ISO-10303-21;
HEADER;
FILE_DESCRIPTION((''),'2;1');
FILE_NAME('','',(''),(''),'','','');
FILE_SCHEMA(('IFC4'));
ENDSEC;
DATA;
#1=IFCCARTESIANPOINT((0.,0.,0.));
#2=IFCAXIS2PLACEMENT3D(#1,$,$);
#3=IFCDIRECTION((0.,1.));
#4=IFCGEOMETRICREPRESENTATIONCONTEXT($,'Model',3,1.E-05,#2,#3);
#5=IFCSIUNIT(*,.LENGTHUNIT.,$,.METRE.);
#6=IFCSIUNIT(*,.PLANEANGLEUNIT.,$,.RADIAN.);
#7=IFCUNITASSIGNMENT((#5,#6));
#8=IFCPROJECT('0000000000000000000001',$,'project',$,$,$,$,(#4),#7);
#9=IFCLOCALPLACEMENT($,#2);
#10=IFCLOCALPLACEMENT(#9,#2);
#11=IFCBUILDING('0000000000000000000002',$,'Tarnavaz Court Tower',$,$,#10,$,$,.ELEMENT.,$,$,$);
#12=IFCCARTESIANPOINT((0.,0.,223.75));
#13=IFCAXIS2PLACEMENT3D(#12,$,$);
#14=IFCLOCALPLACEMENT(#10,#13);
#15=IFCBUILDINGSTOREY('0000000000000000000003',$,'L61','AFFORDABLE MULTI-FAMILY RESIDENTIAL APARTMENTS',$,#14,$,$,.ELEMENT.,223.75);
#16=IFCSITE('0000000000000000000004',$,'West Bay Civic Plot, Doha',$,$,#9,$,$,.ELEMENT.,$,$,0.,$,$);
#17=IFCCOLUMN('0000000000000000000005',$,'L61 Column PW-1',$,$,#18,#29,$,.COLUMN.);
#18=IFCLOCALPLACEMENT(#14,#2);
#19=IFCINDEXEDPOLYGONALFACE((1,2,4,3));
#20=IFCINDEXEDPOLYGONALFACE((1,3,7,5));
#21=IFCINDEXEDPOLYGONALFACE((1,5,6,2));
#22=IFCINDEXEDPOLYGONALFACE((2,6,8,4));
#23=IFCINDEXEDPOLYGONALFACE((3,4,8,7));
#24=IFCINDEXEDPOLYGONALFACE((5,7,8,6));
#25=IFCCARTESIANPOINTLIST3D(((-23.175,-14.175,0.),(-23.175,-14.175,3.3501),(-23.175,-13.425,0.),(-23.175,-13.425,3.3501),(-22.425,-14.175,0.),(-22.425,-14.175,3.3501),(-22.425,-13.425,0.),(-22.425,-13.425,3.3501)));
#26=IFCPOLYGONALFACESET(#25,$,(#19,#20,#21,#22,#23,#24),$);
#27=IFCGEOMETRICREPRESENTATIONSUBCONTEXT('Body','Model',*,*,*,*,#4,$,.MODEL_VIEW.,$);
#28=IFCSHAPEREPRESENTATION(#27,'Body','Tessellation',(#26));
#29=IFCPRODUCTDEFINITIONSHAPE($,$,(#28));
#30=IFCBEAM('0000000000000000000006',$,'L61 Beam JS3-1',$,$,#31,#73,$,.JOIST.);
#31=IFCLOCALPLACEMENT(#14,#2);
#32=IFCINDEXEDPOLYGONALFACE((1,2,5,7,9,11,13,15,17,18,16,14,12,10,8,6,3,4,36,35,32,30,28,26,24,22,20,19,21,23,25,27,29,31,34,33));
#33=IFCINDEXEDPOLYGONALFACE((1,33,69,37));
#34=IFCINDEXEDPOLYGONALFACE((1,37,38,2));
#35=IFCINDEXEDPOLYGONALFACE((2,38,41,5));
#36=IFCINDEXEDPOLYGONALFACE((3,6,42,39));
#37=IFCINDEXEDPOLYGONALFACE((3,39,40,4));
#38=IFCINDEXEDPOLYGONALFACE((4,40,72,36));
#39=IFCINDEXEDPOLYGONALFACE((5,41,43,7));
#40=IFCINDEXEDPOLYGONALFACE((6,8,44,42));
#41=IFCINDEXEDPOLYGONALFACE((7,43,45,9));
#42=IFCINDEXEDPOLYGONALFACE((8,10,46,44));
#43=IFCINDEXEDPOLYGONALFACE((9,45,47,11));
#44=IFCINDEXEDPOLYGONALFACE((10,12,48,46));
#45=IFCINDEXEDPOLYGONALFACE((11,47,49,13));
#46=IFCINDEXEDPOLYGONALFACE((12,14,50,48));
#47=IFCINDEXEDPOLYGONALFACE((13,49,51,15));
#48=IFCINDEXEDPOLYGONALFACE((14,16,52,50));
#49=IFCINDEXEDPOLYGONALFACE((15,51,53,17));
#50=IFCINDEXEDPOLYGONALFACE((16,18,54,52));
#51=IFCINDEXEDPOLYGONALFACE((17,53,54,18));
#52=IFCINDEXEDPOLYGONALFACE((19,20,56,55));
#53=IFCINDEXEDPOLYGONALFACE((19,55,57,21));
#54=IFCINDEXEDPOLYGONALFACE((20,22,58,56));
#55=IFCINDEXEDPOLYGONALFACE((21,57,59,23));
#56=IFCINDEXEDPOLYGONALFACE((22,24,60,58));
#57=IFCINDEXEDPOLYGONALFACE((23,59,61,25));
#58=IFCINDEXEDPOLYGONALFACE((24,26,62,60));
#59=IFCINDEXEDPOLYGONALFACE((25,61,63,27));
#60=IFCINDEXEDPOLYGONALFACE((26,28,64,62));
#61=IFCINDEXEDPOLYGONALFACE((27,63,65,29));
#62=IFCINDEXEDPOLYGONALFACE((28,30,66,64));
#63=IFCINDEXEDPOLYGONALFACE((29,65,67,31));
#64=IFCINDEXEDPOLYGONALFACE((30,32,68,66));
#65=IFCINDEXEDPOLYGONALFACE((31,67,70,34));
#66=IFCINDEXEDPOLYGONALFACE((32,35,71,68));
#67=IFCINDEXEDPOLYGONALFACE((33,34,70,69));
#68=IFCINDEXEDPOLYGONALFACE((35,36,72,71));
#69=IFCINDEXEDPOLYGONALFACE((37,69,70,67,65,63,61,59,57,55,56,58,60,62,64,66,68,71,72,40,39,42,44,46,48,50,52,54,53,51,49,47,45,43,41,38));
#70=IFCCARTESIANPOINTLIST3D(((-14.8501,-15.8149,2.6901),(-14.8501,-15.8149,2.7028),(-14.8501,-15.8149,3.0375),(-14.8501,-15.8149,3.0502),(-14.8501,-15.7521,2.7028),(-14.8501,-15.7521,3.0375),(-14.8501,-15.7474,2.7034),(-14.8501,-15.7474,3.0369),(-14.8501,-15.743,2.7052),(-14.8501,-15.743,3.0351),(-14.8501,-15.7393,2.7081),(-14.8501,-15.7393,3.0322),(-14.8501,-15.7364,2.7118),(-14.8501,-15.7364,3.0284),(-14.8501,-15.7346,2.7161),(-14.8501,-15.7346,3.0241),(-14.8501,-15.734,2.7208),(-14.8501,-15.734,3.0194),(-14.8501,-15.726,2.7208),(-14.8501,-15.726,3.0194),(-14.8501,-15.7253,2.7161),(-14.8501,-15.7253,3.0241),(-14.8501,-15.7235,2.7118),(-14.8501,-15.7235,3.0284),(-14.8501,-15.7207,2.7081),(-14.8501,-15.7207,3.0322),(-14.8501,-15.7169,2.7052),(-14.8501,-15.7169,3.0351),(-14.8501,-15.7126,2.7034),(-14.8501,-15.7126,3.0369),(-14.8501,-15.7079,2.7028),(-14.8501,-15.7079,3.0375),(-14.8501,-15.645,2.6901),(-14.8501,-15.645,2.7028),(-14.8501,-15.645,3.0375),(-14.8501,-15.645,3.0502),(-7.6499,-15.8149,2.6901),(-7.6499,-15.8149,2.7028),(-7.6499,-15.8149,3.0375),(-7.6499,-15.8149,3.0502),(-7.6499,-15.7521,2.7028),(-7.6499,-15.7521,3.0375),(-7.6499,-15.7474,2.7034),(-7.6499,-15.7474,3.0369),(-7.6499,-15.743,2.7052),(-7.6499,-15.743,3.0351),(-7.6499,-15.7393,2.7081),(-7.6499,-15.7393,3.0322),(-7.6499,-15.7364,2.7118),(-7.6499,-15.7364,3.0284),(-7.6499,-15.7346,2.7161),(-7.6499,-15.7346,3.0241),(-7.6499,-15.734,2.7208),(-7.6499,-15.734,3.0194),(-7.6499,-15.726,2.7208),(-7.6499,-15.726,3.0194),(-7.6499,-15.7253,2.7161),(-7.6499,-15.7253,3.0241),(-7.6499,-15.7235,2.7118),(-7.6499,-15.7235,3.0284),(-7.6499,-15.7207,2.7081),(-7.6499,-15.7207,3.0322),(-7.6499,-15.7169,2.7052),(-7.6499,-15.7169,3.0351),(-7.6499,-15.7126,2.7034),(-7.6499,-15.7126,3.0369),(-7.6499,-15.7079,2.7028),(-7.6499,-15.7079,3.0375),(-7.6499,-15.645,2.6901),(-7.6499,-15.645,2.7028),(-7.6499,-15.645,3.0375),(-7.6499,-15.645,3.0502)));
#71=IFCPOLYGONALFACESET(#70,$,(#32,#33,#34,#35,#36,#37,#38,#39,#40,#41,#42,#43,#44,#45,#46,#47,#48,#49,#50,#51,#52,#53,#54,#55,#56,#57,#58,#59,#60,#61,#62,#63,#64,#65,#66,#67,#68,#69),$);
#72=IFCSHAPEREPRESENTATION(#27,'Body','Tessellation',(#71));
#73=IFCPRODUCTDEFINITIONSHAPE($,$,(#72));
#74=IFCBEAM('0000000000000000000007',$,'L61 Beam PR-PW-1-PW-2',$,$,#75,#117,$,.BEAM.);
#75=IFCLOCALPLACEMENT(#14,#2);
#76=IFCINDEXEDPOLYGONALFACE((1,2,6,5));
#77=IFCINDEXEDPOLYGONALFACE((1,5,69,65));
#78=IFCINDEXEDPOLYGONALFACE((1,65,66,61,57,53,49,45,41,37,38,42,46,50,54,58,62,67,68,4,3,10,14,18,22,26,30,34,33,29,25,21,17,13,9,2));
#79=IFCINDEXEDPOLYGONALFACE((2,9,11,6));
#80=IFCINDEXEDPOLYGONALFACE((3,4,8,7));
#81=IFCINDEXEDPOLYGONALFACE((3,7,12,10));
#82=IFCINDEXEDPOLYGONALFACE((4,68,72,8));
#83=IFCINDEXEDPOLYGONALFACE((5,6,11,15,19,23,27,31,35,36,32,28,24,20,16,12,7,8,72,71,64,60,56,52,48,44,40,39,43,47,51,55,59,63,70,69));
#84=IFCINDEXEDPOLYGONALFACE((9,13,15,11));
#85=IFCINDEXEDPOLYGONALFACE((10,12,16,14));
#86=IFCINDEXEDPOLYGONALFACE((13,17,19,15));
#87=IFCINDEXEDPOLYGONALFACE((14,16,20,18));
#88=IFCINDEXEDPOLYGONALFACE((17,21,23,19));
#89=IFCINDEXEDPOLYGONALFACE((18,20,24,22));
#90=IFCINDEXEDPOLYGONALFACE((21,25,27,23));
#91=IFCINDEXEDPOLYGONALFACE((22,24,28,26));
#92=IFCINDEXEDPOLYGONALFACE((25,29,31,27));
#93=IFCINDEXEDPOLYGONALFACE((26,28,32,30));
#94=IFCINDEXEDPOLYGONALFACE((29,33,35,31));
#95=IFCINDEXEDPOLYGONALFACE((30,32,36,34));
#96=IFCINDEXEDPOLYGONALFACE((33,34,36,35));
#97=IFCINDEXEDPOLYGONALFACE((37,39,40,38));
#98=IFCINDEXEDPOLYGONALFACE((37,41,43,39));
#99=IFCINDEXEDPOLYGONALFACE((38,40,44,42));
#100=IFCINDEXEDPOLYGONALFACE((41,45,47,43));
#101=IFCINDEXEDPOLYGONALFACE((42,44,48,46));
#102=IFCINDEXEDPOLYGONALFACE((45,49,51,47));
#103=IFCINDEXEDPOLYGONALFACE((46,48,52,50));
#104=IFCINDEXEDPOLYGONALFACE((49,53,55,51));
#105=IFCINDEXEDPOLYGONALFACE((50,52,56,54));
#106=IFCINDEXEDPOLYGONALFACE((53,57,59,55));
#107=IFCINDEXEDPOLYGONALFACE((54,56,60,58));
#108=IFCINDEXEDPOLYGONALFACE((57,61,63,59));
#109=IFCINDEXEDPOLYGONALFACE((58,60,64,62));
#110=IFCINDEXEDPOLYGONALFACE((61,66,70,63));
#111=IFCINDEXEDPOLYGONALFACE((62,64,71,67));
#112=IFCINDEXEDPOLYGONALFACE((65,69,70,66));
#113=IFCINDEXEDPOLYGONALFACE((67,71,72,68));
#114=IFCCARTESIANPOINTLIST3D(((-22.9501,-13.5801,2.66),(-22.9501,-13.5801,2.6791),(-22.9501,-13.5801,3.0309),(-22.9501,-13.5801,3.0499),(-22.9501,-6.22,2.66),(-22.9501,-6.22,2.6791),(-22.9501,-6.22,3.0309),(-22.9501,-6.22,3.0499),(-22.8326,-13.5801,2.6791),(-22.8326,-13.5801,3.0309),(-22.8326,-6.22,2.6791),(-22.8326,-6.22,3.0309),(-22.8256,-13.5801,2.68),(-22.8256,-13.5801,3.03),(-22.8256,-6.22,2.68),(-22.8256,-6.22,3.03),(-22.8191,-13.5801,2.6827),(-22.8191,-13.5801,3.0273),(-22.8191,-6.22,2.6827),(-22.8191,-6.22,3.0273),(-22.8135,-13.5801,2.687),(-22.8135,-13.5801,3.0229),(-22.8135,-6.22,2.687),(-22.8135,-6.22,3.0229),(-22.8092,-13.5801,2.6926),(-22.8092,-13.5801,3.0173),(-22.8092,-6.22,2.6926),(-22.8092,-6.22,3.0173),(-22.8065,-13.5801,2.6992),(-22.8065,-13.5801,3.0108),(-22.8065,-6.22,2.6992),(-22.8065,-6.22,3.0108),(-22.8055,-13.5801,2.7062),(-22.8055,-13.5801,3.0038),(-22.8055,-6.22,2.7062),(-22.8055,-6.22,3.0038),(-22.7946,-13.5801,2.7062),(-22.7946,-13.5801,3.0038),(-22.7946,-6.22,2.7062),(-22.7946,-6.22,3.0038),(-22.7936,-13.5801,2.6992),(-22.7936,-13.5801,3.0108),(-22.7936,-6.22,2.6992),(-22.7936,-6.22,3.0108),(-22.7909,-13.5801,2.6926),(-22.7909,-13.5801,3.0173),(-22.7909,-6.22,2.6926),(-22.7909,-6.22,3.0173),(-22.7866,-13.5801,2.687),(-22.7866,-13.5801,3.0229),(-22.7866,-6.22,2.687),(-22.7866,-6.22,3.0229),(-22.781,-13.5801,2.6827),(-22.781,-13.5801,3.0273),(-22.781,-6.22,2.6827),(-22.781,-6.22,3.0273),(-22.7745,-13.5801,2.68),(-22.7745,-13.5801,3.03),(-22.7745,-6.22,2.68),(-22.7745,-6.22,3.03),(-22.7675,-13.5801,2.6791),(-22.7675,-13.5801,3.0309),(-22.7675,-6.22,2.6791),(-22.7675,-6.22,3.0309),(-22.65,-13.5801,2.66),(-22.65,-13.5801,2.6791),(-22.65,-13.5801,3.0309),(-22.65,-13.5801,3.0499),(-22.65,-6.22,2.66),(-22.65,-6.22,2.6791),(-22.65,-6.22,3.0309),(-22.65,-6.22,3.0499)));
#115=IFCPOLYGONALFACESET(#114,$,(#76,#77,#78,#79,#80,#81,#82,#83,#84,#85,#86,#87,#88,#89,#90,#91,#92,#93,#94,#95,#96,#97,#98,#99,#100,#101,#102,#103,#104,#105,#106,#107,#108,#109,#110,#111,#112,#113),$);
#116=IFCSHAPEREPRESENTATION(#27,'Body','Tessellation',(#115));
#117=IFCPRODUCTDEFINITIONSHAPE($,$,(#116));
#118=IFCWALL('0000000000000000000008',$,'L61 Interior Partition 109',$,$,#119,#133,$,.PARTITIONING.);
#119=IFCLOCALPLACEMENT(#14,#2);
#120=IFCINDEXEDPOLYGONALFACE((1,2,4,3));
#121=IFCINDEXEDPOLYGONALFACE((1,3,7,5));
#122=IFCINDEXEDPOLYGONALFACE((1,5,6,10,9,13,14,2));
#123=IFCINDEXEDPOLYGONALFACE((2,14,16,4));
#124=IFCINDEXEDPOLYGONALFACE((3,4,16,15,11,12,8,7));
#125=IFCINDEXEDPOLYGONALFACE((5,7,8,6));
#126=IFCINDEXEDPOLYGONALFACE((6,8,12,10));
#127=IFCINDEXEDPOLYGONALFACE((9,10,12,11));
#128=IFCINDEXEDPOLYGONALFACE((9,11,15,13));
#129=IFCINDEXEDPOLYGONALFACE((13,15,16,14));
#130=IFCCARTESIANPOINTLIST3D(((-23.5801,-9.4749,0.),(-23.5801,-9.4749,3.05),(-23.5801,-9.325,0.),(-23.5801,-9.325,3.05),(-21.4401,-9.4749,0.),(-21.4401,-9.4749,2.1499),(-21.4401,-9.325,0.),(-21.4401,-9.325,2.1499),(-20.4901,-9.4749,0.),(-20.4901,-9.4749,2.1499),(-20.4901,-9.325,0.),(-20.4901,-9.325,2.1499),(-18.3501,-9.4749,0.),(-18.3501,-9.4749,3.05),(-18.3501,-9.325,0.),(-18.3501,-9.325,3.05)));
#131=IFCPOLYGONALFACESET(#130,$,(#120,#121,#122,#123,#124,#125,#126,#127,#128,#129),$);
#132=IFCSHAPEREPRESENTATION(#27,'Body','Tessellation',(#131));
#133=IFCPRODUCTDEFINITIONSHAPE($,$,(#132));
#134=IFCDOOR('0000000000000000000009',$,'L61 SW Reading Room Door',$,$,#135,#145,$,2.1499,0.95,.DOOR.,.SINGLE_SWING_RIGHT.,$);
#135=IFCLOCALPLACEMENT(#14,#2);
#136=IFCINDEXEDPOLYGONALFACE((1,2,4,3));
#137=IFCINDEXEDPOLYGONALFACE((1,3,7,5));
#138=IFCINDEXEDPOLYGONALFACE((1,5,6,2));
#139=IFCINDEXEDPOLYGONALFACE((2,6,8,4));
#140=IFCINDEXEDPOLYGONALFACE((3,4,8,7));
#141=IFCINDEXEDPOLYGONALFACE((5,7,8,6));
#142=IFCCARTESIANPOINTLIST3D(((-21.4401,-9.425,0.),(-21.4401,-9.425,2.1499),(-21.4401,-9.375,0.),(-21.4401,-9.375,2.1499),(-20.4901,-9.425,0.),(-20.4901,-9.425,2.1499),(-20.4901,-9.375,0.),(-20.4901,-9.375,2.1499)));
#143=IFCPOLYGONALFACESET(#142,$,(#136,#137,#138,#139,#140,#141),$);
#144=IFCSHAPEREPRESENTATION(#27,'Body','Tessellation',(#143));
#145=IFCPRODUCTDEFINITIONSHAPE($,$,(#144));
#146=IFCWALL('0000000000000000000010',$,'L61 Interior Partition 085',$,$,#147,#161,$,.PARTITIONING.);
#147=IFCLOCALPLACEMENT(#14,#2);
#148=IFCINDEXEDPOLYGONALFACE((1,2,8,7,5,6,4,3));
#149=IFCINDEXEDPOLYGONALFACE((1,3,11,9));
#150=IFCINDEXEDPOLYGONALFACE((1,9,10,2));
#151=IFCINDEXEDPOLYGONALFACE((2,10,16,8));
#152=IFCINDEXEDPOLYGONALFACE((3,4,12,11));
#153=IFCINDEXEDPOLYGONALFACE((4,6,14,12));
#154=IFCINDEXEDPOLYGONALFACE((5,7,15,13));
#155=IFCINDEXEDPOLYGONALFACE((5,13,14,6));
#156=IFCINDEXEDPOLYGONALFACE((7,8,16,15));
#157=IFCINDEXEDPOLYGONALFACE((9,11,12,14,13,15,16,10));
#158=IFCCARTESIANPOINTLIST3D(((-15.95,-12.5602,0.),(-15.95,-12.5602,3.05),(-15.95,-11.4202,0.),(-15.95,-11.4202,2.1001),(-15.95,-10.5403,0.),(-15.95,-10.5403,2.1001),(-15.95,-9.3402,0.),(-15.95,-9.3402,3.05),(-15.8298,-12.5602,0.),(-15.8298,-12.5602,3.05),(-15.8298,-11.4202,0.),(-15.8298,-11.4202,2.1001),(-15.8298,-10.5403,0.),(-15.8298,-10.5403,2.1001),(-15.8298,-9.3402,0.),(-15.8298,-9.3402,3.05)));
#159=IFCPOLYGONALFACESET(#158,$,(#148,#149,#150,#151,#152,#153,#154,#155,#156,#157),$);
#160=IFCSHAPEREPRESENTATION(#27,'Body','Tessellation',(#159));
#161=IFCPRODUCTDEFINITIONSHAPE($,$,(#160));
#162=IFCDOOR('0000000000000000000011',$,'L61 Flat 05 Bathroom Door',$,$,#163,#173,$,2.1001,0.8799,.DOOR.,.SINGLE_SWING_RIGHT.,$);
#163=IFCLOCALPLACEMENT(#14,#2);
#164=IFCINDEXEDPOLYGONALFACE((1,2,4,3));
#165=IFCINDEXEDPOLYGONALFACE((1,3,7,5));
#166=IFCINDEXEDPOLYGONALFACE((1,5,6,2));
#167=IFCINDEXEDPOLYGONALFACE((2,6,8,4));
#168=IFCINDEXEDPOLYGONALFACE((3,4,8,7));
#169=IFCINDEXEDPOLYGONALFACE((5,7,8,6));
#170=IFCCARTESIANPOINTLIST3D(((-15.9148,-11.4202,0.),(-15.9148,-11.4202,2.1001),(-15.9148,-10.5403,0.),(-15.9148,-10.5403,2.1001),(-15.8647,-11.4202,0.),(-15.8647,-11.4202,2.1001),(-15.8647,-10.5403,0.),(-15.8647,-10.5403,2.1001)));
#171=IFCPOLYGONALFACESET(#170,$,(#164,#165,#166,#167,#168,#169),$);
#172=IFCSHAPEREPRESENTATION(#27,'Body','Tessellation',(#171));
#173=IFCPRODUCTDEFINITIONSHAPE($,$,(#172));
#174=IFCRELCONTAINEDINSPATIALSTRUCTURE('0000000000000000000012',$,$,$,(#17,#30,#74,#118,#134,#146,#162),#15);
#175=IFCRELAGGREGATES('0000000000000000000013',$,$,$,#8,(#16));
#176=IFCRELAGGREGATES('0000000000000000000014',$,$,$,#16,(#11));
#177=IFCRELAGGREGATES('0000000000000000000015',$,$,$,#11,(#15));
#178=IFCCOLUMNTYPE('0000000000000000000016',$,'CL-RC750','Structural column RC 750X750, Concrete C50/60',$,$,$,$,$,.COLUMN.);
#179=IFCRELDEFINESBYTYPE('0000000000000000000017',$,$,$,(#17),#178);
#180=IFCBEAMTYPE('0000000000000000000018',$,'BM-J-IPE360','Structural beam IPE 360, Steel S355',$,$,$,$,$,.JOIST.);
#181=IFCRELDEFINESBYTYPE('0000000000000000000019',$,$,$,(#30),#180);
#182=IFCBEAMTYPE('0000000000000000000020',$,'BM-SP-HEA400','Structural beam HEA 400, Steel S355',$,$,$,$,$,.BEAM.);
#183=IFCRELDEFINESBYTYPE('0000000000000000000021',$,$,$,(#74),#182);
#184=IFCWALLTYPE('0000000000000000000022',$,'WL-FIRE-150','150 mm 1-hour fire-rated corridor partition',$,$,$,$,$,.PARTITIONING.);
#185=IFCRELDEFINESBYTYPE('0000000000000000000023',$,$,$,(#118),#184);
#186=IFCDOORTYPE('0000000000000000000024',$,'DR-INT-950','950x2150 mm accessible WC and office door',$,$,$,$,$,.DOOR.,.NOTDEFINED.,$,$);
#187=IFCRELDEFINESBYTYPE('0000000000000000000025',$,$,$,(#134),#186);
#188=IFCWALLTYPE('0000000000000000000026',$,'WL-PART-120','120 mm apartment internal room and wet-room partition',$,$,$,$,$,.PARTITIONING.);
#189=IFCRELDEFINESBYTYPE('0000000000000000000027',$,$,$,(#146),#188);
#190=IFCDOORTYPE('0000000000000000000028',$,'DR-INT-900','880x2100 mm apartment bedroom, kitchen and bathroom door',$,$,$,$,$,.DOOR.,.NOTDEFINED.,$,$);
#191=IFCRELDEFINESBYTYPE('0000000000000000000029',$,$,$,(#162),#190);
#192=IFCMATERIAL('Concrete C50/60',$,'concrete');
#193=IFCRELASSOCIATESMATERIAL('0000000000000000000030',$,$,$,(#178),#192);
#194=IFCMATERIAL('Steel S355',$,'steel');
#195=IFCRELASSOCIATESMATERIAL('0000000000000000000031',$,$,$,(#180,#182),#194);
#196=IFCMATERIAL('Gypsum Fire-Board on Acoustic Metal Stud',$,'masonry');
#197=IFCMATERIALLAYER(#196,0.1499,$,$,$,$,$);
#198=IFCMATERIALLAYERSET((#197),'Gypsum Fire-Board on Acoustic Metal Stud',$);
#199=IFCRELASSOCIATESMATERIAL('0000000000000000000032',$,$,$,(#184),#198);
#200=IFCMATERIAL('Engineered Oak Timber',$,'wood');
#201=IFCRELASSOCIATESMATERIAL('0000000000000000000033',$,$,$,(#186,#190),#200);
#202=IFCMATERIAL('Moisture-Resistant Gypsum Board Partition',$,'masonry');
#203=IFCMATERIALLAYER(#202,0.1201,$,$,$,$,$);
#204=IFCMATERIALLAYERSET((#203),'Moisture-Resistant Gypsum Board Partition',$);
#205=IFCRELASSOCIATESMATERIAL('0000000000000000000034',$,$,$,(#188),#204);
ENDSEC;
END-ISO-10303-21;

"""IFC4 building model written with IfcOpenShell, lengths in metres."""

from ifc_helpers import new_model, si_unit, direction, frame, frame_2d, origin, origin_2d, place, context, subcontext, project, spatial, rectangle, i_section, extrude, material, layer, layer_set, material_profile, profile_set, type_object, element, fill, save


model = new_model("IFC4")

# Units and contexts
model_context = context("Model", 3, precision=1e-05, world=origin(), true_north=direction((0.0, 1.0)))
body_context = subcontext(model_context, "Body", "Model", "MODEL_VIEW")
ifc_project = project(units=[si_unit("LENGTHUNIT", "METRE"), si_unit("PLANEANGLEUNIT", "RADIAN")], contexts=[model_context])

# Site, building, storey
site_placement = place(None, origin())
site = spatial("IfcSite", under=ifc_project, at=site_placement, Name="West Bay Civic Plot, Doha", CompositionType="ELEMENT", RefElevation=0.0)
building_placement = place(site_placement, origin())
building = spatial("IfcBuilding", under=site, at=building_placement, Name="Tarnavaz Court Tower", CompositionType="ELEMENT")
storey_placement = place(building_placement, frame((0.0, 0.0, 223.75)))
storey = spatial("IfcBuildingStorey", under=building, at=storey_placement, Name="L61", Description="AFFORDABLE MULTI-FAMILY RESIDENTIAL APARTMENTS", CompositionType="ELEMENT", Elevation=223.75)

# Column
ifc_material_1 = material(Name="Concrete C50/60", Category="concrete")
ifc_material_profile_1 = material_profile(ifc_material_1, rectangle(XDim=0.75, YDim=0.75, at=origin_2d()), Name="RC 750X750")
ifc_profile_set_1 = profile_set([ifc_material_profile_1], Name="Concrete C50/60")
column_type = type_object("IfcColumnType", Name="CL-RC750", Description="Structural column RC 750X750, Concrete C50/60", PredefinedType="COLUMN", material=ifc_profile_set_1)
column_placement = place(storey_placement, frame((-22.8, -13.8, 0.0), z_axis=(0.0, 0.0, 1.0), x_axis=(1.0, 0.0, 0.0)))
element("IfcColumn", 1, at=column_placement, inside=storey, type_object=column_type, Name="L61 Column PW-1", PredefinedType="COLUMN", context=body_context, shape_type="SweptSolid", body=[
    extrude(rectangle(XDim=0.75, YDim=0.75, at=origin_2d()), origin(), (0.0, 0.0, 1.0), 3.3501),
])

# Beams
ifc_material_2 = material(Name="Steel S355", Category="steel")
ifc_material_profile_2 = material_profile(ifc_material_2, i_section(OverallWidth=0.1699, OverallDepth=0.3601, WebThickness=0.0081, FlangeThickness=0.0127, FilletRadius=0.0181, at=origin_2d()), Name="IPE 360")
ifc_profile_set_2 = profile_set([ifc_material_profile_2], Name="Steel S355")
beam_type_1 = type_object("IfcBeamType", Name="BM-J-IPE360", Description="Structural beam IPE 360, Steel S355", PredefinedType="JOIST", material=ifc_profile_set_2)
beam_1_placement = place(storey_placement, frame((-14.8501, -15.73, 2.8701), z_axis=(1.0, 0.0, 0.0), x_axis=(0.0, 1.0, 0.0)))
element("IfcBeam", 2, at=beam_1_placement, inside=storey, type_object=beam_type_1, Name="L61 Beam JS3-1", PredefinedType="JOIST", context=body_context, shape_type="SweptSolid", body=[
    extrude(i_section(OverallWidth=0.1699, OverallDepth=0.3601, WebThickness=0.0081, FlangeThickness=0.0127, FilletRadius=0.0181, at=origin_2d()), origin(), (0.0, 0.0, 1.0), 7.2002),
])
ifc_material_profile_3 = material_profile(ifc_material_2, i_section(OverallWidth=0.3, OverallDepth=0.3899, WebThickness=0.011, FlangeThickness=0.019, FilletRadius=0.0271, at=origin_2d()), Name="HEA 400")
ifc_profile_set_3 = profile_set([ifc_material_profile_3], Name="Steel S355")
beam_type_2 = type_object("IfcBeamType", Name="BM-SP-HEA400", Description="Structural beam HEA 400, Steel S355", PredefinedType="BEAM", material=ifc_profile_set_3)
beam_2_placement = place(storey_placement, frame((-22.8, -13.5801, 2.855), z_axis=(0.0, 1.0, 0.0), x_axis=(-1.0, 0.0, 0.0)))
element("IfcBeam", 3, at=beam_2_placement, inside=storey, type_object=beam_type_2, Name="L61 Beam PR-PW-1-PW-2", PredefinedType="BEAM", context=body_context, shape_type="SweptSolid", body=[
    extrude(i_section(OverallWidth=0.3, OverallDepth=0.3899, WebThickness=0.011, FlangeThickness=0.019, FilletRadius=0.0271, at=origin_2d()), origin(), (0.0, 0.0, 1.0), 7.3601),
])

# Shared definitions
ifc_material_3 = material(Name="Gypsum Fire-Board on Acoustic Metal Stud", Category="masonry")
ifc_layer_1 = layer(ifc_material_3, 0.1499)
ifc_layer_set_1 = layer_set([ifc_layer_1], Name="Gypsum Fire-Board on Acoustic Metal Stud")
wall_type_1 = type_object("IfcWallType", Name="WL-FIRE-150", Description="150 mm 1-hour fire-rated corridor partition", PredefinedType="PARTITIONING", material=ifc_layer_set_1)

# Walls, openings, doors
wall_1_placement = place(storey_placement, frame((-23.5801, -9.3999, 0.0), z_axis=(0.0, 0.0, 1.0), x_axis=(1.0, 0.0, 0.0)))
wall_1 = element("IfcWall", 4, at=wall_1_placement, inside=storey, type_object=wall_type_1, Name="L61 Interior Partition 109", PredefinedType="PARTITIONING", context=body_context, shape_type="SweptSolid", body=[
    extrude(rectangle(XDim=5.23, YDim=0.1499, at=frame_2d((2.615, 0.0))), origin(), (0.0, 0.0, 1.0), 3.05),
])
opening_1_placement = place(wall_1_placement, frame((2.1399, 0.0, 0.0)))
opening_1 = element("IfcOpeningElement", 5, at=opening_1_placement, cuts=wall_1, PredefinedType="OPENING", context=body_context, shape_type="SweptSolid", body=[
    extrude(rectangle(XDim=0.95, YDim=2.1499, at=frame_2d((0.4751, 1.075))), frame((0.0, 0.085, 0.0), z_axis=(0.0, -1.0, 0.0), x_axis=(1.0, 0.0, 0.0)), (0.0, 0.0, 1.0), 0.1699),
])
ifc_material_4 = material(Name="Engineered Oak Timber", Category="wood")
door_type_1 = type_object("IfcDoorType", Name="DR-INT-950", Description="950x2150 mm accessible WC and office door", OperationType="NOTDEFINED", PredefinedType="DOOR", material=ifc_material_4)
door_1_placement = place(opening_1_placement, origin())
door_1 = element("IfcDoor", 6, at=door_1_placement, inside=storey, type_object=door_type_1, Name="L61 SW Reading Room Door", OperationType="SINGLE_SWING_RIGHT", OverallHeight=2.1499, OverallWidth=0.95, PredefinedType="DOOR", context=body_context, shape_type="SweptSolid", body=[
    extrude(rectangle(XDim=0.95, YDim=2.1499, at=frame_2d((0.4751, 1.075))), frame((0.0, 0.0249, 0.0), z_axis=(0.0, -1.0, 0.0), x_axis=(1.0, 0.0, 0.0)), (0.0, 0.0, 1.0), 0.05),
])
fill(opening_1, door_1)
ifc_material_5 = material(Name="Moisture-Resistant Gypsum Board Partition", Category="masonry")
ifc_layer_2 = layer(ifc_material_5, 0.1201)
ifc_layer_set_2 = layer_set([ifc_layer_2], Name="Moisture-Resistant Gypsum Board Partition")
wall_type_2 = type_object("IfcWallType", Name="WL-PART-120", Description="120 mm apartment internal room and wet-room partition", PredefinedType="PARTITIONING", material=ifc_layer_set_2)
wall_2_placement = place(storey_placement, frame((-15.8899, -12.5601, 0.0), z_axis=(0.0, 0.0, 1.0), x_axis=(0.0, 1.0, 0.0)))
wall_2 = element("IfcWall", 7, at=wall_2_placement, inside=storey, type_object=wall_type_2, Name="L61 Interior Partition 085", PredefinedType="PARTITIONING", context=body_context, shape_type="SweptSolid", body=[
    extrude(rectangle(XDim=3.22, YDim=0.1201, at=frame_2d((1.6099, 0.0))), origin(), (0.0, 0.0, 1.0), 3.05),
])
opening_2_placement = place(wall_2_placement, frame((1.1399, 0.0, 0.0)))
opening_2 = element("IfcOpeningElement", 8, at=opening_2_placement, cuts=wall_2, PredefinedType="OPENING", context=body_context, shape_type="SweptSolid", body=[
    extrude(rectangle(XDim=0.8799, YDim=2.1001, at=frame_2d((0.4399, 1.05))), frame((0.0, 0.0701, 0.0), z_axis=(0.0, -1.0, 0.0), x_axis=(1.0, 0.0, 0.0)), (0.0, 0.0, 1.0), 0.1401),
])
door_type_2 = type_object("IfcDoorType", Name="DR-INT-900", Description="880x2100 mm apartment bedroom, kitchen and bathroom door", OperationType="NOTDEFINED", PredefinedType="DOOR", material=ifc_material_4)
door_2_placement = place(opening_2_placement, origin())
door_2 = element("IfcDoor", 9, at=door_2_placement, inside=storey, type_object=door_type_2, Name="L61 Flat 05 Bathroom Door", OperationType="SINGLE_SWING_RIGHT", OverallHeight=2.1001, OverallWidth=0.8799, PredefinedType="DOOR", context=body_context, shape_type="SweptSolid", body=[
    extrude(rectangle(XDim=0.8799, YDim=2.1001, at=frame_2d((0.4399, 1.05))), frame((0.0, 0.0249, 0.0), z_axis=(0.0, -1.0, 0.0), x_axis=(1.0, 0.0, 0.0)), (0.0, 0.0, 1.0), 0.05),
])
fill(opening_2, door_2)

save(model, "model.ifc")
